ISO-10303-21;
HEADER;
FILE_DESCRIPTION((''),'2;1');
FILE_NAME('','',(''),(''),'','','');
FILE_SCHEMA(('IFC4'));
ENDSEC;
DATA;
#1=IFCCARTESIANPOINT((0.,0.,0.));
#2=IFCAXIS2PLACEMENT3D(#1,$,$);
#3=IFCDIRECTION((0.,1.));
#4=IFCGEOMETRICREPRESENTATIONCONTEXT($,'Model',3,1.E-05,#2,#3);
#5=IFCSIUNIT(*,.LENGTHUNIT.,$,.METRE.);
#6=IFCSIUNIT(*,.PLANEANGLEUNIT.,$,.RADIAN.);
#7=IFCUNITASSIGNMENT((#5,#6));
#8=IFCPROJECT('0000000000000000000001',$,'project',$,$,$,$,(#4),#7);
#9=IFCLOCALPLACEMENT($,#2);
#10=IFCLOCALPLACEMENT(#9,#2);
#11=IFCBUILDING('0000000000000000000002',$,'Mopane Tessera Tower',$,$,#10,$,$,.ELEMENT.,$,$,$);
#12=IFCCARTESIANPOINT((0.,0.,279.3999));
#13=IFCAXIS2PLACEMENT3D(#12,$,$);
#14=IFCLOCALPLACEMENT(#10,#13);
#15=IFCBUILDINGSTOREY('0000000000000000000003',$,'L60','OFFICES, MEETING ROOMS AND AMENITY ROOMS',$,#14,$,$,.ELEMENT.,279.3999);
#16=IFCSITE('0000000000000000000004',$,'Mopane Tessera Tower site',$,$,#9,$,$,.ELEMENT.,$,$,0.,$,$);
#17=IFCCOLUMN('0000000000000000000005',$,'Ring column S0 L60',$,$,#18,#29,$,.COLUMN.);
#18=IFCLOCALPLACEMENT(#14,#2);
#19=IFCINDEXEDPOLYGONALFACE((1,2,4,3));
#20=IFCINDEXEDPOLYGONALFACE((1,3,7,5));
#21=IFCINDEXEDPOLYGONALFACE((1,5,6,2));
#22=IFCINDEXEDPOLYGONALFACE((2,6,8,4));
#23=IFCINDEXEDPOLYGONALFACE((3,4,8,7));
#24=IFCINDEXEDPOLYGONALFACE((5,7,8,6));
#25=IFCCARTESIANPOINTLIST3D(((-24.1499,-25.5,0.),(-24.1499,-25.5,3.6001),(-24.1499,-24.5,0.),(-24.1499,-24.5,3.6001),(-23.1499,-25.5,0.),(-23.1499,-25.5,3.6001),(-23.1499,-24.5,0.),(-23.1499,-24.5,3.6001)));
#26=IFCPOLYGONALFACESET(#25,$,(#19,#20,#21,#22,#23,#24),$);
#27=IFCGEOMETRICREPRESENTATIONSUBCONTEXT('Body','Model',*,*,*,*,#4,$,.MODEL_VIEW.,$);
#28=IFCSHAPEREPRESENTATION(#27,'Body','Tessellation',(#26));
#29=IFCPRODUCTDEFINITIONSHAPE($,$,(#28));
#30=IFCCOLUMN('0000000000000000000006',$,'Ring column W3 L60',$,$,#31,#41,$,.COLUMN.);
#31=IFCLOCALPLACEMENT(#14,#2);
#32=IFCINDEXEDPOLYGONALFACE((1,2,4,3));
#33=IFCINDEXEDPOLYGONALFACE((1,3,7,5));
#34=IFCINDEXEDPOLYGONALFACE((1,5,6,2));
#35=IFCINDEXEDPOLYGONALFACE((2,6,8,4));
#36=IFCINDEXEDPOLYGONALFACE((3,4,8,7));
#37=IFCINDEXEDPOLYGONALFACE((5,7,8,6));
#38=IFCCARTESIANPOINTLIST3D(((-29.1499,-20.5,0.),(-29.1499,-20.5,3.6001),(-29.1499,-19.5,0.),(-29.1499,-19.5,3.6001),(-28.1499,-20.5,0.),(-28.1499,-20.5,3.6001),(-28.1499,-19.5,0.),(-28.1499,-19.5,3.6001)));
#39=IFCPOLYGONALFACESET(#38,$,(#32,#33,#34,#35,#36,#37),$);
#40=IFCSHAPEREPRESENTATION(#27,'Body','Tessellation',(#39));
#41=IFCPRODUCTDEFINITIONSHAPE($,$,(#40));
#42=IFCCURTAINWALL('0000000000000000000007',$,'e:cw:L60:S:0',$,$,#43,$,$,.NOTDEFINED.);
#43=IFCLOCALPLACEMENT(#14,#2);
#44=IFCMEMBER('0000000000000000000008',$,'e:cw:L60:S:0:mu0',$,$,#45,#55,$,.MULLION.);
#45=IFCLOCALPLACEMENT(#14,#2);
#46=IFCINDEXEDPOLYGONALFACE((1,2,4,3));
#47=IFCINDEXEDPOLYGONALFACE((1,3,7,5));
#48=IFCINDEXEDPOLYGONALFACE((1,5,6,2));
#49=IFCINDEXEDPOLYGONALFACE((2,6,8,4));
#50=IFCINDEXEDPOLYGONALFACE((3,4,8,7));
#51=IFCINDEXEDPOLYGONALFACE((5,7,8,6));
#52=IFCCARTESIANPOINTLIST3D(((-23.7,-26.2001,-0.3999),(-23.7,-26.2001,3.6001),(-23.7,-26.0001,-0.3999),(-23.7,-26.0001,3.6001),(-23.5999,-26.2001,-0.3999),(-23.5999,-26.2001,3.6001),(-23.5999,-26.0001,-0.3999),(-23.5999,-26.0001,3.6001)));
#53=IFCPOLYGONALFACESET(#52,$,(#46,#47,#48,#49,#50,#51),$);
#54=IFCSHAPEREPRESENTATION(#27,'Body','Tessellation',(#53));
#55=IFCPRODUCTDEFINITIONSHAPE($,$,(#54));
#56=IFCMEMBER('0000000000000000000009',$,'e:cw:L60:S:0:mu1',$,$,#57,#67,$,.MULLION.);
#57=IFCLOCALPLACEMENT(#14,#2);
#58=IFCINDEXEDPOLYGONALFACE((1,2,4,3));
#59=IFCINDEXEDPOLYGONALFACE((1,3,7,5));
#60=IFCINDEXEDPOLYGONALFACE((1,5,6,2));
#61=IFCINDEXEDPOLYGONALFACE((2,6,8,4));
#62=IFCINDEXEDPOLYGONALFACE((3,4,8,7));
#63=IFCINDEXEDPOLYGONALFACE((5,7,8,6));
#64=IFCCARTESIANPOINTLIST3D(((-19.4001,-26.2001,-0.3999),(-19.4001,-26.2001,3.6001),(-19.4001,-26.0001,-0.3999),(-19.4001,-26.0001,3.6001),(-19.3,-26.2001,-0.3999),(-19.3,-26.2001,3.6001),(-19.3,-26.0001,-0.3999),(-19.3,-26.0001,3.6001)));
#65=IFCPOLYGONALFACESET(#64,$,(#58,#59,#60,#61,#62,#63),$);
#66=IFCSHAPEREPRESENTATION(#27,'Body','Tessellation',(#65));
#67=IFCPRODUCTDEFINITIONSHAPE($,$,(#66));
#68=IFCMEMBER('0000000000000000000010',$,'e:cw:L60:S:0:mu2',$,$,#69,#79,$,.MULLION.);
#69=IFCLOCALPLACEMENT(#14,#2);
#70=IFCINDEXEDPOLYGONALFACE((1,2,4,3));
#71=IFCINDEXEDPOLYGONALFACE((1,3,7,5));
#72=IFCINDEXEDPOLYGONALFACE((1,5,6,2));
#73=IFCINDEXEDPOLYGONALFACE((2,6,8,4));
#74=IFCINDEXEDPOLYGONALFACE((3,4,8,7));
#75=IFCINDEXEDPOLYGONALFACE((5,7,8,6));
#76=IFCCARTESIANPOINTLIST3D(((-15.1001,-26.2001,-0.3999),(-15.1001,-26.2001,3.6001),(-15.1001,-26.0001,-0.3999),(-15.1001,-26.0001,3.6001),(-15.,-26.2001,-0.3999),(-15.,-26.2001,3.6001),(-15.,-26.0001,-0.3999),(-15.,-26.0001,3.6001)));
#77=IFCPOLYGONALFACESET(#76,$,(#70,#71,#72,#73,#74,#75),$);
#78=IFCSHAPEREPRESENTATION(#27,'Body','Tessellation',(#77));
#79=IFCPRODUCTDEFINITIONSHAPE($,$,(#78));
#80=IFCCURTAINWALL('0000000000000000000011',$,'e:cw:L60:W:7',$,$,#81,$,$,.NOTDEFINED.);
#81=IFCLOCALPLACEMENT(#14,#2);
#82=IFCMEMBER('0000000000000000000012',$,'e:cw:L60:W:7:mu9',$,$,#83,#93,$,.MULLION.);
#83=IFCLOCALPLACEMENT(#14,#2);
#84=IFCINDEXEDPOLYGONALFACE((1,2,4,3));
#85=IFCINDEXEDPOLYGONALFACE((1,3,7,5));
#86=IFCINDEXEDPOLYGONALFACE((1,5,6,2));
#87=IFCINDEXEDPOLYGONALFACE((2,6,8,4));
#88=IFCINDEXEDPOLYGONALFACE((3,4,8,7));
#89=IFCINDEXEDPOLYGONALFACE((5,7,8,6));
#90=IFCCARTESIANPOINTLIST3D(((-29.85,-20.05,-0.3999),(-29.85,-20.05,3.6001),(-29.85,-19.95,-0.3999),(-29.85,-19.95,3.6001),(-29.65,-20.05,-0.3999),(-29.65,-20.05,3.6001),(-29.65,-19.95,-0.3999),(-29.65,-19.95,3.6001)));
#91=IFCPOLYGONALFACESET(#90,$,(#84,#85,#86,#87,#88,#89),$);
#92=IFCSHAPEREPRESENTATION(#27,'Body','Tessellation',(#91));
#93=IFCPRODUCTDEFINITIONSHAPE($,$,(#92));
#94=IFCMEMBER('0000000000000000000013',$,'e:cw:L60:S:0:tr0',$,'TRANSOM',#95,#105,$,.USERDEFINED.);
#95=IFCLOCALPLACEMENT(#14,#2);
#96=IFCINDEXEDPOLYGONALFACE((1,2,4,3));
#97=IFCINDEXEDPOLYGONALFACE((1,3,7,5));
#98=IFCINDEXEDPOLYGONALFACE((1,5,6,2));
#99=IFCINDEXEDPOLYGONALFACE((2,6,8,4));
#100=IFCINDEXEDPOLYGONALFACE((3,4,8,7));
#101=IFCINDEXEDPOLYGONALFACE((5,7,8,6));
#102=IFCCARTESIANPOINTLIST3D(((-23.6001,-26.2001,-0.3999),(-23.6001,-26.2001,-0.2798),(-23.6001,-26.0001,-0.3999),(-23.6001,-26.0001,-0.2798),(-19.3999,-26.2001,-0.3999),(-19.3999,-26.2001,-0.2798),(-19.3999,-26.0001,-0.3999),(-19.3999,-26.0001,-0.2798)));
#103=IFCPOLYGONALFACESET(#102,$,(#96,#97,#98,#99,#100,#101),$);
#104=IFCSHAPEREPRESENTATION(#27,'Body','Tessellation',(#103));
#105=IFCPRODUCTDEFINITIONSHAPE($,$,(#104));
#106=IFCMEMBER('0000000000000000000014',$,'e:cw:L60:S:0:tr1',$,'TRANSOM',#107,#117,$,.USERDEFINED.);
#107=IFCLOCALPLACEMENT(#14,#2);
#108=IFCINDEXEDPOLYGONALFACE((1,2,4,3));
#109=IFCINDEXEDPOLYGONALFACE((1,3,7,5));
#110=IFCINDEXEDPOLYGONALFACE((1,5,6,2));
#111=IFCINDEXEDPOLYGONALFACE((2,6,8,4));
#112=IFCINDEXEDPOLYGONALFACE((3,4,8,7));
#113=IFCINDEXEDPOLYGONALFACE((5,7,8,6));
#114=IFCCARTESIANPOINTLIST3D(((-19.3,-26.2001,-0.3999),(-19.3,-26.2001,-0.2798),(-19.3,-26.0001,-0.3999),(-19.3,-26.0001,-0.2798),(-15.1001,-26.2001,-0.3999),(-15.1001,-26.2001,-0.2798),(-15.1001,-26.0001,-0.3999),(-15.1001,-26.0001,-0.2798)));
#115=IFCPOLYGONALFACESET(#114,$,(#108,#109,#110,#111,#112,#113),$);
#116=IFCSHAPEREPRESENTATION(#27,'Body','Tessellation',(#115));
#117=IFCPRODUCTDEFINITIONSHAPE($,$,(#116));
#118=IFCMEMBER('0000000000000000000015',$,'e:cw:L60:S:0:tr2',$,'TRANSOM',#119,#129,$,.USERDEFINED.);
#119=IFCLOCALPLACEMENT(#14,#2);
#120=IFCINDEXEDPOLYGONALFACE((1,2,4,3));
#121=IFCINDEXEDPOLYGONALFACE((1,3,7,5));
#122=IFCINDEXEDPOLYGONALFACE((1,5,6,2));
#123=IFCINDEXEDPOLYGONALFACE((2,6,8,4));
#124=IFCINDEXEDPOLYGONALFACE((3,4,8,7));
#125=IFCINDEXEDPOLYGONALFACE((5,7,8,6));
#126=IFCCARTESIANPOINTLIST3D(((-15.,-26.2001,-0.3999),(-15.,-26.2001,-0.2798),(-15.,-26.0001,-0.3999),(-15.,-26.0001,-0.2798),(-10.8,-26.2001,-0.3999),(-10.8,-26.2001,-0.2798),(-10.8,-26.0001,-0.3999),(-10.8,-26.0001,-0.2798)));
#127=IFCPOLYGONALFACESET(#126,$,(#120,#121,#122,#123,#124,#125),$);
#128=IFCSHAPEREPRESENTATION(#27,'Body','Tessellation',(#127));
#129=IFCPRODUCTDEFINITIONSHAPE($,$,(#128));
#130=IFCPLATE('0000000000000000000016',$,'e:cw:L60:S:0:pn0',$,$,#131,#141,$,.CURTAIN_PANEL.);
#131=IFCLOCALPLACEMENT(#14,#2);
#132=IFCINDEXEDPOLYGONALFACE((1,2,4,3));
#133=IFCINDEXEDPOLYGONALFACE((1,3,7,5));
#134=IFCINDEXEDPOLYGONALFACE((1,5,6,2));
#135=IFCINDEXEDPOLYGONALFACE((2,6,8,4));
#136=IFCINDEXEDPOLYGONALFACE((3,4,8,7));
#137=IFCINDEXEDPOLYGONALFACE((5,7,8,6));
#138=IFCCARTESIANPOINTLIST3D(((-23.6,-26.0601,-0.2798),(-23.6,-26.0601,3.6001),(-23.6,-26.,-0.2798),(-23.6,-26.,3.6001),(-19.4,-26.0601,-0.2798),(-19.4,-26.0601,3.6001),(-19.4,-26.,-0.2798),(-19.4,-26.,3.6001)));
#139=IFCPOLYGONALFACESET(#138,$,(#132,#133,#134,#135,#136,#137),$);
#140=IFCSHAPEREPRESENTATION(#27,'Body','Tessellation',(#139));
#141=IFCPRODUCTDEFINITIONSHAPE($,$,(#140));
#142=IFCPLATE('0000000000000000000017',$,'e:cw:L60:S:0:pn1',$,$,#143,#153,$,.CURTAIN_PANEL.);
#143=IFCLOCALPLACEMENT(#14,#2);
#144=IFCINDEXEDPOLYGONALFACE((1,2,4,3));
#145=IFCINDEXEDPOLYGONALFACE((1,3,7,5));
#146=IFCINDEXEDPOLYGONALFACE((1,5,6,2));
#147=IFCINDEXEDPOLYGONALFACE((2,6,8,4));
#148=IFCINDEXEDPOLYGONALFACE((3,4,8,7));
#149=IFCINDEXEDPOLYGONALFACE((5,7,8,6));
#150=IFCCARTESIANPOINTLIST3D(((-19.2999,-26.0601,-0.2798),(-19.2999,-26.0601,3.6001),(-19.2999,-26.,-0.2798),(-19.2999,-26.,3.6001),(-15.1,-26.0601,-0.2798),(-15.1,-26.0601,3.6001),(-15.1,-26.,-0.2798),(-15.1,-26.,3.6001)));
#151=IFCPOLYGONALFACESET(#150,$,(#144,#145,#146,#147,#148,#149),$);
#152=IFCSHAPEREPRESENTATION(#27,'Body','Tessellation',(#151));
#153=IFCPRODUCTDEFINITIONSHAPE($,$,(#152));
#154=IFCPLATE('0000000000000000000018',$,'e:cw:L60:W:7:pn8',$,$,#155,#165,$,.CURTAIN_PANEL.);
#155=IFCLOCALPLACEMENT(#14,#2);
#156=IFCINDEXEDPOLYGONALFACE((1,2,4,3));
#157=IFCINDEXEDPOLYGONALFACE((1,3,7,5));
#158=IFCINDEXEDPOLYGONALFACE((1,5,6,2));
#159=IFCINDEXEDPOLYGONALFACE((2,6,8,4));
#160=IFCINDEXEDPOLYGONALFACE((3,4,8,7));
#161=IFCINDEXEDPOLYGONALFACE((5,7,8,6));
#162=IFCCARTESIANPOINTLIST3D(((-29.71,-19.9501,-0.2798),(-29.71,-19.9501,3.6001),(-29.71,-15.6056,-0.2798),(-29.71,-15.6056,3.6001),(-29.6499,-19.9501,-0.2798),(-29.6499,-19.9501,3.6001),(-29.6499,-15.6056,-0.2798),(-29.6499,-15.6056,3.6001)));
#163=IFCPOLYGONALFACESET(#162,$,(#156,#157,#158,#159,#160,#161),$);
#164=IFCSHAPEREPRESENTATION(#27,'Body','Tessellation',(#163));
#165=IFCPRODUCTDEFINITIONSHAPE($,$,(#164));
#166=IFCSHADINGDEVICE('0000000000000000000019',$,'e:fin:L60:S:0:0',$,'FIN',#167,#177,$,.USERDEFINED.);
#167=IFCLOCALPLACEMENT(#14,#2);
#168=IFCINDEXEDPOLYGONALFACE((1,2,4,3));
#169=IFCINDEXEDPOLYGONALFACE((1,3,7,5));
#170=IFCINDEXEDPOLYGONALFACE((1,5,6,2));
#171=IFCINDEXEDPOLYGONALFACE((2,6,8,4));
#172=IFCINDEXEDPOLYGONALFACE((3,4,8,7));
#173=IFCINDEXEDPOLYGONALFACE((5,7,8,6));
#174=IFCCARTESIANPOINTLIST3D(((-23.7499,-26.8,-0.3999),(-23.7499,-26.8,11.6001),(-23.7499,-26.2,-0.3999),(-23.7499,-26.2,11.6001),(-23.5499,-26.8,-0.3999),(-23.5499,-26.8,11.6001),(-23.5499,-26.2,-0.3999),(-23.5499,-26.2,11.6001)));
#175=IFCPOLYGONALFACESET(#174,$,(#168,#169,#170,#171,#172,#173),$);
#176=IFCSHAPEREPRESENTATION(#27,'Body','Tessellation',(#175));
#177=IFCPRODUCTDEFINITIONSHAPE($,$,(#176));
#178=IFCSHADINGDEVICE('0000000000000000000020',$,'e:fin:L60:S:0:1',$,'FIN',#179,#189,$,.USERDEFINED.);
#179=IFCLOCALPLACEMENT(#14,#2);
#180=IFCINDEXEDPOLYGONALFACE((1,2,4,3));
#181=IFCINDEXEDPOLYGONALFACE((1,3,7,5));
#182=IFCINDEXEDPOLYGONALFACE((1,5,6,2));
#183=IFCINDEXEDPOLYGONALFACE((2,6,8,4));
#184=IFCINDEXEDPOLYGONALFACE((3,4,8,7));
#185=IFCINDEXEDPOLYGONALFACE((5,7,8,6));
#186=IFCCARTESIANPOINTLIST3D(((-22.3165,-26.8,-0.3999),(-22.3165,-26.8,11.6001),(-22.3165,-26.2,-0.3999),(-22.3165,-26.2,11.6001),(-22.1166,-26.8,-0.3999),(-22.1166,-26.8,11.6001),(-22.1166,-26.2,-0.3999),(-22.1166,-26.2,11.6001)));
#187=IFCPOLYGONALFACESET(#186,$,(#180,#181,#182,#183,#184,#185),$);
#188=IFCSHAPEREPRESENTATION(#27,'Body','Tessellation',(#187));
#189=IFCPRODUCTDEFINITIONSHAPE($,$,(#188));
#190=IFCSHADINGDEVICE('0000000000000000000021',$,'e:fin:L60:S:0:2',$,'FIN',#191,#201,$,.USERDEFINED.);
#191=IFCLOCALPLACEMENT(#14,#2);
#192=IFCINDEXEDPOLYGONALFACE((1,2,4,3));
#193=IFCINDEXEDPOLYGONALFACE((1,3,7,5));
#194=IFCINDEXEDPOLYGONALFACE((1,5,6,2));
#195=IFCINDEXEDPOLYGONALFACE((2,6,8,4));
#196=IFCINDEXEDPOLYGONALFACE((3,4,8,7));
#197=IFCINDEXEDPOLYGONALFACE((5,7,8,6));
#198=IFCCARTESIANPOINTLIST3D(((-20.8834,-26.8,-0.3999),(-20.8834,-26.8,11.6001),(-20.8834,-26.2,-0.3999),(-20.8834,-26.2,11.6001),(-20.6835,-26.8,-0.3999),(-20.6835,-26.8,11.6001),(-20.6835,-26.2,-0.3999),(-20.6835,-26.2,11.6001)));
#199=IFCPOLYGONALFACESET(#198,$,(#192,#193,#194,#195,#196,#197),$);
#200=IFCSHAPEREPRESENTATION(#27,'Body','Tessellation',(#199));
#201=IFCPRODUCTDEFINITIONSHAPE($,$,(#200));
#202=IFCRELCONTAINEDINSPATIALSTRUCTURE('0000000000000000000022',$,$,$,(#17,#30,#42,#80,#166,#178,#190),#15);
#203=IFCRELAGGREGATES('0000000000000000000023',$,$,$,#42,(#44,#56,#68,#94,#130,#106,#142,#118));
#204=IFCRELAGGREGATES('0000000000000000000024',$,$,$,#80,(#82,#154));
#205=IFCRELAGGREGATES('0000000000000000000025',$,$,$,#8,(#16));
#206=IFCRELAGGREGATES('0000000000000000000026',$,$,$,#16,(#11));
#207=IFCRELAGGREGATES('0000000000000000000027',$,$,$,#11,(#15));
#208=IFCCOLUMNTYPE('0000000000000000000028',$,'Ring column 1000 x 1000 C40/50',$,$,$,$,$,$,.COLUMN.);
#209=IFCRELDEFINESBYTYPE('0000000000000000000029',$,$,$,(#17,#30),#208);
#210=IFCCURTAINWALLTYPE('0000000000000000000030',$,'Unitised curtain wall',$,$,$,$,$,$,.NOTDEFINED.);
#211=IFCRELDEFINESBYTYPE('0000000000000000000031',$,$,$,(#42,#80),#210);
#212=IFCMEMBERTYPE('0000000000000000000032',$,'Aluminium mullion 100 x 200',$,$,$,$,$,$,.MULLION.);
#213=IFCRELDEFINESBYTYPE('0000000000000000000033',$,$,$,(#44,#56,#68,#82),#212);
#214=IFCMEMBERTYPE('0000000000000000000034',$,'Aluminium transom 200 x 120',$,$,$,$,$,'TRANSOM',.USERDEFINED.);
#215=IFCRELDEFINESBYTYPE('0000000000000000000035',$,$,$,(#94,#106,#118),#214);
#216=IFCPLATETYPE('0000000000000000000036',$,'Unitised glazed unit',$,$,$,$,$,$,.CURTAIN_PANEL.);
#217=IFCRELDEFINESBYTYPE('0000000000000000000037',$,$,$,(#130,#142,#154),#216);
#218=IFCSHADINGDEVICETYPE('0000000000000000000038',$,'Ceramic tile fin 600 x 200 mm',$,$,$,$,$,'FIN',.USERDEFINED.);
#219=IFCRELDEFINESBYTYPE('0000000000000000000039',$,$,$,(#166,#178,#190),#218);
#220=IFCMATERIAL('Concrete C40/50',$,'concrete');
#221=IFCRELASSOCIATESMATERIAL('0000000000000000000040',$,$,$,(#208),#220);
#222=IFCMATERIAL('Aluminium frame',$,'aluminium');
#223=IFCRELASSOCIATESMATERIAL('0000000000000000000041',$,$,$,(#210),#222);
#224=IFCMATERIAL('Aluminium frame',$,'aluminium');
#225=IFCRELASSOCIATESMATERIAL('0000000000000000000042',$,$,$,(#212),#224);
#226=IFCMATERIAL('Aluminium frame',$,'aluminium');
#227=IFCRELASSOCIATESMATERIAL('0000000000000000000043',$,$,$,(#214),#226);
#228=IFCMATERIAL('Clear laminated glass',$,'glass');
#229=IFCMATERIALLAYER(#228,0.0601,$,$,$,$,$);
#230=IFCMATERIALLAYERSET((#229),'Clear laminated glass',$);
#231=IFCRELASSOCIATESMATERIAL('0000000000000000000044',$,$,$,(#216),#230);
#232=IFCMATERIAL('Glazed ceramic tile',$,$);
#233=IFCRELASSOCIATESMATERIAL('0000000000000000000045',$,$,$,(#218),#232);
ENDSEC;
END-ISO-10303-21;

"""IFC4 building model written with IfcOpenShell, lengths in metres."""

from ifc_helpers import new_model, si_unit, direction, frame, origin, origin_2d, place, context, subcontext, project, spatial, rectangle, extrude, material, layer, layer_set, material_profile, profile_set, type_object, element, aggregate, save


model = new_model("IFC4")

# Units and contexts
model_context = context("Model", 3, precision=1e-05, world=origin(), true_north=direction((0.0, 1.0)))
body_context = subcontext(model_context, "Body", "Model", "MODEL_VIEW")
ifc_project = project(units=[si_unit("LENGTHUNIT", "METRE"), si_unit("PLANEANGLEUNIT", "RADIAN")], contexts=[model_context])

# Site, building, storey
site_placement = place(None, origin())
site = spatial("IfcSite", under=ifc_project, at=site_placement, Name="Mopane Tessera Tower site", CompositionType="ELEMENT", RefElevation=0.0)
building_placement = place(site_placement, origin())
building = spatial("IfcBuilding", under=site, at=building_placement, Name="Mopane Tessera Tower", CompositionType="ELEMENT")
storey_placement = place(building_placement, frame((0.0, 0.0, 279.3999)))
storey = spatial("IfcBuildingStorey", under=building, at=storey_placement, Name="L60", Description="OFFICES, MEETING ROOMS AND AMENITY ROOMS", CompositionType="ELEMENT", Elevation=279.3999)

# Columns
ifc_material_1 = material(Name="Concrete C40/50", Category="concrete")
ifc_material_profile_1 = material_profile(ifc_material_1, rectangle(XDim=1.0, YDim=1.0, at=origin_2d()))
ifc_profile_set_1 = profile_set([ifc_material_profile_1], Name="Concrete C40/50")
column_type = type_object("IfcColumnType", Name="Ring column 1000 x 1000 C40/50", PredefinedType="COLUMN", material=ifc_profile_set_1)
for number, where, z_axis, x_axis, name in (
    (1, (-23.6499, -25.0, 0.0), (0.0, 0.0, 1.0), (1.0, 0.0, 0.0), "Ring column S0 L60"),
    (2, (-28.6499, -20.0, 0.0), (0.0, 0.0, 1.0), (1.0, 0.0, 0.0), "Ring column W3 L60"),
):
    element("IfcColumn", number, at=place(storey_placement, frame(where, z_axis=z_axis, x_axis=x_axis)), inside=storey, type_object=column_type, Name=name, PredefinedType="COLUMN", context=body_context, shape_type="SweptSolid", body=[
        extrude(rectangle(XDim=1.0, YDim=1.0, at=origin_2d()), origin(), (0.0, 0.0, 1.0), 3.6001),
    ])

# Curtain wall, members
ifc_material_2 = material(Name="Aluminium frame", Category="aluminium")
curtain_wall_type = type_object("IfcCurtainWallType", Name="Unitised curtain wall", PredefinedType="NOTDEFINED", material=ifc_material_2)
curtain_wall_1_placement = place(storey_placement, origin())
curtain_wall_1 = element("IfcCurtainWall", 3, at=curtain_wall_1_placement, inside=storey, type_object=curtain_wall_type, Name="e:cw:L60:S:0", PredefinedType="NOTDEFINED")
ifc_material_3 = material(Name="Aluminium frame", Category="aluminium")
ifc_material_profile_2 = material_profile(ifc_material_3, rectangle(XDim=0.1001, YDim=0.2, at=origin_2d()))
ifc_profile_set_2 = profile_set([ifc_material_profile_2], Name="Aluminium frame")
member_type_1 = type_object("IfcMemberType", Name="Aluminium mullion 100 x 200", PredefinedType="MULLION", material=ifc_profile_set_2)
member_1_placement = place(storey_placement, frame((-23.6499, -26.1001, -0.3999), z_axis=(0.0, 0.0, 1.0), x_axis=(1.0, 0.0, 0.0)))
member_1 = element("IfcMember", 4, at=member_1_placement, type_object=member_type_1, Name="e:cw:L60:S:0:mu0", PredefinedType="MULLION", context=body_context, shape_type="SweptSolid", body=[
    extrude(rectangle(XDim=0.1001, YDim=0.2, at=origin_2d()), origin(), (0.0, 0.0, 1.0), 4.0),
])
member_2_placement = place(storey_placement, frame((-19.3501, -26.1001, -0.3999), z_axis=(0.0, 0.0, 1.0), x_axis=(1.0, 0.0, 0.0)))
member_2 = element("IfcMember", 5, at=member_2_placement, type_object=member_type_1, Name="e:cw:L60:S:0:mu1", PredefinedType="MULLION", context=body_context, shape_type="SweptSolid", body=[
    extrude(rectangle(XDim=0.1001, YDim=0.2, at=origin_2d()), origin(), (0.0, 0.0, 1.0), 4.0),
])
member_3_placement = place(storey_placement, frame((-15.05, -26.1001, -0.3999), z_axis=(0.0, 0.0, 1.0), x_axis=(1.0, 0.0, 0.0)))
member_3 = element("IfcMember", 6, at=member_3_placement, type_object=member_type_1, Name="e:cw:L60:S:0:mu2", PredefinedType="MULLION", context=body_context, shape_type="SweptSolid", body=[
    extrude(rectangle(XDim=0.1001, YDim=0.2, at=origin_2d()), origin(), (0.0, 0.0, 1.0), 4.0),
])

# Curtain wall, member
curtain_wall_2_placement = place(storey_placement, origin())
curtain_wall_2 = element("IfcCurtainWall", 7, at=curtain_wall_2_placement, inside=storey, type_object=curtain_wall_type, Name="e:cw:L60:W:7", PredefinedType="NOTDEFINED")
member_4_placement = place(storey_placement, frame((-29.75, -20.0, -0.3999), z_axis=(0.0, 0.0, 1.0), x_axis=(0.0, -1.0, 0.0)))
member_4 = element("IfcMember", 8, at=member_4_placement, type_object=member_type_1, Name="e:cw:L60:W:7:mu9", PredefinedType="MULLION", context=body_context, shape_type="SweptSolid", body=[
    extrude(rectangle(XDim=0.1001, YDim=0.2, at=origin_2d()), origin(), (0.0, 0.0, 1.0), 4.0),
])

# Members
ifc_material_4 = material(Name="Aluminium frame", Category="aluminium")
ifc_material_profile_3 = material_profile(ifc_material_4, rectangle(XDim=0.2, YDim=0.1201, at=origin_2d()))
ifc_profile_set_3 = profile_set([ifc_material_profile_3], Name="Aluminium frame")
member_type_2 = type_object("IfcMemberType", Name="Aluminium transom 200 x 120", ElementType="TRANSOM", PredefinedType="USERDEFINED", material=ifc_profile_set_3)
member_5_placement = place(storey_placement, frame((-23.6001, -26.1001, -0.3398), z_axis=(1.0, 0.0, 0.0), x_axis=(0.0, 1.0, 0.0)))
member_5 = element("IfcMember", 9, at=member_5_placement, type_object=member_type_2, Name="e:cw:L60:S:0:tr0", ObjectType="TRANSOM", PredefinedType="USERDEFINED", context=body_context, shape_type="SweptSolid", body=[
    extrude(rectangle(XDim=0.2, YDim=0.1201, at=origin_2d()), origin(), (0.0, 0.0, 1.0), 4.2002),
])
member_6_placement = place(storey_placement, frame((-19.3, -26.1001, -0.3398), z_axis=(1.0, 0.0, 0.0), x_axis=(0.0, 1.0, 0.0)))
member_6 = element("IfcMember", 10, at=member_6_placement, type_object=member_type_2, Name="e:cw:L60:S:0:tr1", ObjectType="TRANSOM", PredefinedType="USERDEFINED", context=body_context, shape_type="SweptSolid", body=[
    extrude(rectangle(XDim=0.2, YDim=0.1201, at=origin_2d()), origin(), (0.0, 0.0, 1.0), 4.2),
])
member_7_placement = place(storey_placement, frame((-15.0, -26.1001, -0.3398), z_axis=(1.0, 0.0, 0.0), x_axis=(0.0, 1.0, 0.0)))
member_7 = element("IfcMember", 11, at=member_7_placement, type_object=member_type_2, Name="e:cw:L60:S:0:tr2", ObjectType="TRANSOM", PredefinedType="USERDEFINED", context=body_context, shape_type="SweptSolid", body=[
    extrude(rectangle(XDim=0.2, YDim=0.1201, at=origin_2d()), origin(), (0.0, 0.0, 1.0), 4.2),
])

# Plates
ifc_material_5 = material(Name="Clear laminated glass", Category="glass")
ifc_layer = layer(ifc_material_5, 0.0601)
ifc_layer_set = layer_set([ifc_layer], Name="Clear laminated glass")
plate_type = type_object("IfcPlateType", Name="Unitised glazed unit", PredefinedType="CURTAIN_PANEL", material=ifc_layer_set)
plate_1_placement = place(storey_placement, frame((-21.5, -26.03, -0.2798), z_axis=(0.0, 0.0, 1.0), x_axis=(1.0, 0.0, 0.0)))
plate_1 = element("IfcPlate", 12, at=plate_1_placement, type_object=plate_type, Name="e:cw:L60:S:0:pn0", PredefinedType="CURTAIN_PANEL", context=body_context, shape_type="SweptSolid", body=[
    extrude(rectangle(XDim=4.2, YDim=0.0601, at=origin_2d()), origin(), (0.0, 0.0, 1.0), 3.8799),
])
plate_2_placement = place(storey_placement, frame((-17.2, -26.03, -0.2798), z_axis=(0.0, 0.0, 1.0), x_axis=(1.0, 0.0, 0.0)))
plate_2 = element("IfcPlate", 13, at=plate_2_placement, type_object=plate_type, Name="e:cw:L60:S:0:pn1", PredefinedType="CURTAIN_PANEL", context=body_context, shape_type="SweptSolid", body=[
    extrude(rectangle(XDim=4.2, YDim=0.0601, at=origin_2d()), origin(), (0.0, 0.0, 1.0), 3.8799),
])
aggregate(curtain_wall_1, [member_1, member_2, member_3, member_5, plate_1, member_6, plate_2, member_7])
plate_3_placement = place(storey_placement, frame((-29.6799, -17.7778, -0.2798), z_axis=(0.0, 0.0, 1.0), x_axis=(0.0, -1.0, 0.0)))
plate_3 = element("IfcPlate", 14, at=plate_3_placement, type_object=plate_type, Name="e:cw:L60:W:7:pn8", PredefinedType="CURTAIN_PANEL", context=body_context, shape_type="SweptSolid", body=[
    extrude(rectangle(XDim=4.3445, YDim=0.0601, at=origin_2d()), origin(), (0.0, 0.0, 1.0), 3.8799),
])
aggregate(curtain_wall_2, [member_4, plate_3])

# Shading devices
ifc_material_6 = material(Name="Glazed ceramic tile")
shading_device_type = type_object("IfcShadingDeviceType", Name="Ceramic tile fin 600 x 200 mm", ElementType="FIN", PredefinedType="USERDEFINED", material=ifc_material_6)
for number, where, z_axis, x_axis, name in (
    (15, (-23.6499, -26.5, -0.3999), (0.0, 0.0, 1.0), (1.0, 0.0, 0.0), "e:fin:L60:S:0:0"),
    (16, (-22.2166, -26.5, -0.3999), (0.0, 0.0, 1.0), (1.0, 0.0, 0.0), "e:fin:L60:S:0:1"),
    (17, (-20.7834, -26.5, -0.3999), (0.0, 0.0, 1.0), (1.0, 0.0, 0.0), "e:fin:L60:S:0:2"),
):
    element("IfcShadingDevice", number, at=place(storey_placement, frame(where, z_axis=z_axis, x_axis=x_axis)), inside=storey, type_object=shading_device_type, Name=name, ObjectType="FIN", PredefinedType="USERDEFINED", context=body_context, shape_type="SweptSolid", body=[
        extrude(rectangle(XDim=0.2, YDim=0.6001, at=origin_2d()), origin(), (0.0, 0.0, 1.0), 12.0),
    ])

save(model, "model.ifc")
